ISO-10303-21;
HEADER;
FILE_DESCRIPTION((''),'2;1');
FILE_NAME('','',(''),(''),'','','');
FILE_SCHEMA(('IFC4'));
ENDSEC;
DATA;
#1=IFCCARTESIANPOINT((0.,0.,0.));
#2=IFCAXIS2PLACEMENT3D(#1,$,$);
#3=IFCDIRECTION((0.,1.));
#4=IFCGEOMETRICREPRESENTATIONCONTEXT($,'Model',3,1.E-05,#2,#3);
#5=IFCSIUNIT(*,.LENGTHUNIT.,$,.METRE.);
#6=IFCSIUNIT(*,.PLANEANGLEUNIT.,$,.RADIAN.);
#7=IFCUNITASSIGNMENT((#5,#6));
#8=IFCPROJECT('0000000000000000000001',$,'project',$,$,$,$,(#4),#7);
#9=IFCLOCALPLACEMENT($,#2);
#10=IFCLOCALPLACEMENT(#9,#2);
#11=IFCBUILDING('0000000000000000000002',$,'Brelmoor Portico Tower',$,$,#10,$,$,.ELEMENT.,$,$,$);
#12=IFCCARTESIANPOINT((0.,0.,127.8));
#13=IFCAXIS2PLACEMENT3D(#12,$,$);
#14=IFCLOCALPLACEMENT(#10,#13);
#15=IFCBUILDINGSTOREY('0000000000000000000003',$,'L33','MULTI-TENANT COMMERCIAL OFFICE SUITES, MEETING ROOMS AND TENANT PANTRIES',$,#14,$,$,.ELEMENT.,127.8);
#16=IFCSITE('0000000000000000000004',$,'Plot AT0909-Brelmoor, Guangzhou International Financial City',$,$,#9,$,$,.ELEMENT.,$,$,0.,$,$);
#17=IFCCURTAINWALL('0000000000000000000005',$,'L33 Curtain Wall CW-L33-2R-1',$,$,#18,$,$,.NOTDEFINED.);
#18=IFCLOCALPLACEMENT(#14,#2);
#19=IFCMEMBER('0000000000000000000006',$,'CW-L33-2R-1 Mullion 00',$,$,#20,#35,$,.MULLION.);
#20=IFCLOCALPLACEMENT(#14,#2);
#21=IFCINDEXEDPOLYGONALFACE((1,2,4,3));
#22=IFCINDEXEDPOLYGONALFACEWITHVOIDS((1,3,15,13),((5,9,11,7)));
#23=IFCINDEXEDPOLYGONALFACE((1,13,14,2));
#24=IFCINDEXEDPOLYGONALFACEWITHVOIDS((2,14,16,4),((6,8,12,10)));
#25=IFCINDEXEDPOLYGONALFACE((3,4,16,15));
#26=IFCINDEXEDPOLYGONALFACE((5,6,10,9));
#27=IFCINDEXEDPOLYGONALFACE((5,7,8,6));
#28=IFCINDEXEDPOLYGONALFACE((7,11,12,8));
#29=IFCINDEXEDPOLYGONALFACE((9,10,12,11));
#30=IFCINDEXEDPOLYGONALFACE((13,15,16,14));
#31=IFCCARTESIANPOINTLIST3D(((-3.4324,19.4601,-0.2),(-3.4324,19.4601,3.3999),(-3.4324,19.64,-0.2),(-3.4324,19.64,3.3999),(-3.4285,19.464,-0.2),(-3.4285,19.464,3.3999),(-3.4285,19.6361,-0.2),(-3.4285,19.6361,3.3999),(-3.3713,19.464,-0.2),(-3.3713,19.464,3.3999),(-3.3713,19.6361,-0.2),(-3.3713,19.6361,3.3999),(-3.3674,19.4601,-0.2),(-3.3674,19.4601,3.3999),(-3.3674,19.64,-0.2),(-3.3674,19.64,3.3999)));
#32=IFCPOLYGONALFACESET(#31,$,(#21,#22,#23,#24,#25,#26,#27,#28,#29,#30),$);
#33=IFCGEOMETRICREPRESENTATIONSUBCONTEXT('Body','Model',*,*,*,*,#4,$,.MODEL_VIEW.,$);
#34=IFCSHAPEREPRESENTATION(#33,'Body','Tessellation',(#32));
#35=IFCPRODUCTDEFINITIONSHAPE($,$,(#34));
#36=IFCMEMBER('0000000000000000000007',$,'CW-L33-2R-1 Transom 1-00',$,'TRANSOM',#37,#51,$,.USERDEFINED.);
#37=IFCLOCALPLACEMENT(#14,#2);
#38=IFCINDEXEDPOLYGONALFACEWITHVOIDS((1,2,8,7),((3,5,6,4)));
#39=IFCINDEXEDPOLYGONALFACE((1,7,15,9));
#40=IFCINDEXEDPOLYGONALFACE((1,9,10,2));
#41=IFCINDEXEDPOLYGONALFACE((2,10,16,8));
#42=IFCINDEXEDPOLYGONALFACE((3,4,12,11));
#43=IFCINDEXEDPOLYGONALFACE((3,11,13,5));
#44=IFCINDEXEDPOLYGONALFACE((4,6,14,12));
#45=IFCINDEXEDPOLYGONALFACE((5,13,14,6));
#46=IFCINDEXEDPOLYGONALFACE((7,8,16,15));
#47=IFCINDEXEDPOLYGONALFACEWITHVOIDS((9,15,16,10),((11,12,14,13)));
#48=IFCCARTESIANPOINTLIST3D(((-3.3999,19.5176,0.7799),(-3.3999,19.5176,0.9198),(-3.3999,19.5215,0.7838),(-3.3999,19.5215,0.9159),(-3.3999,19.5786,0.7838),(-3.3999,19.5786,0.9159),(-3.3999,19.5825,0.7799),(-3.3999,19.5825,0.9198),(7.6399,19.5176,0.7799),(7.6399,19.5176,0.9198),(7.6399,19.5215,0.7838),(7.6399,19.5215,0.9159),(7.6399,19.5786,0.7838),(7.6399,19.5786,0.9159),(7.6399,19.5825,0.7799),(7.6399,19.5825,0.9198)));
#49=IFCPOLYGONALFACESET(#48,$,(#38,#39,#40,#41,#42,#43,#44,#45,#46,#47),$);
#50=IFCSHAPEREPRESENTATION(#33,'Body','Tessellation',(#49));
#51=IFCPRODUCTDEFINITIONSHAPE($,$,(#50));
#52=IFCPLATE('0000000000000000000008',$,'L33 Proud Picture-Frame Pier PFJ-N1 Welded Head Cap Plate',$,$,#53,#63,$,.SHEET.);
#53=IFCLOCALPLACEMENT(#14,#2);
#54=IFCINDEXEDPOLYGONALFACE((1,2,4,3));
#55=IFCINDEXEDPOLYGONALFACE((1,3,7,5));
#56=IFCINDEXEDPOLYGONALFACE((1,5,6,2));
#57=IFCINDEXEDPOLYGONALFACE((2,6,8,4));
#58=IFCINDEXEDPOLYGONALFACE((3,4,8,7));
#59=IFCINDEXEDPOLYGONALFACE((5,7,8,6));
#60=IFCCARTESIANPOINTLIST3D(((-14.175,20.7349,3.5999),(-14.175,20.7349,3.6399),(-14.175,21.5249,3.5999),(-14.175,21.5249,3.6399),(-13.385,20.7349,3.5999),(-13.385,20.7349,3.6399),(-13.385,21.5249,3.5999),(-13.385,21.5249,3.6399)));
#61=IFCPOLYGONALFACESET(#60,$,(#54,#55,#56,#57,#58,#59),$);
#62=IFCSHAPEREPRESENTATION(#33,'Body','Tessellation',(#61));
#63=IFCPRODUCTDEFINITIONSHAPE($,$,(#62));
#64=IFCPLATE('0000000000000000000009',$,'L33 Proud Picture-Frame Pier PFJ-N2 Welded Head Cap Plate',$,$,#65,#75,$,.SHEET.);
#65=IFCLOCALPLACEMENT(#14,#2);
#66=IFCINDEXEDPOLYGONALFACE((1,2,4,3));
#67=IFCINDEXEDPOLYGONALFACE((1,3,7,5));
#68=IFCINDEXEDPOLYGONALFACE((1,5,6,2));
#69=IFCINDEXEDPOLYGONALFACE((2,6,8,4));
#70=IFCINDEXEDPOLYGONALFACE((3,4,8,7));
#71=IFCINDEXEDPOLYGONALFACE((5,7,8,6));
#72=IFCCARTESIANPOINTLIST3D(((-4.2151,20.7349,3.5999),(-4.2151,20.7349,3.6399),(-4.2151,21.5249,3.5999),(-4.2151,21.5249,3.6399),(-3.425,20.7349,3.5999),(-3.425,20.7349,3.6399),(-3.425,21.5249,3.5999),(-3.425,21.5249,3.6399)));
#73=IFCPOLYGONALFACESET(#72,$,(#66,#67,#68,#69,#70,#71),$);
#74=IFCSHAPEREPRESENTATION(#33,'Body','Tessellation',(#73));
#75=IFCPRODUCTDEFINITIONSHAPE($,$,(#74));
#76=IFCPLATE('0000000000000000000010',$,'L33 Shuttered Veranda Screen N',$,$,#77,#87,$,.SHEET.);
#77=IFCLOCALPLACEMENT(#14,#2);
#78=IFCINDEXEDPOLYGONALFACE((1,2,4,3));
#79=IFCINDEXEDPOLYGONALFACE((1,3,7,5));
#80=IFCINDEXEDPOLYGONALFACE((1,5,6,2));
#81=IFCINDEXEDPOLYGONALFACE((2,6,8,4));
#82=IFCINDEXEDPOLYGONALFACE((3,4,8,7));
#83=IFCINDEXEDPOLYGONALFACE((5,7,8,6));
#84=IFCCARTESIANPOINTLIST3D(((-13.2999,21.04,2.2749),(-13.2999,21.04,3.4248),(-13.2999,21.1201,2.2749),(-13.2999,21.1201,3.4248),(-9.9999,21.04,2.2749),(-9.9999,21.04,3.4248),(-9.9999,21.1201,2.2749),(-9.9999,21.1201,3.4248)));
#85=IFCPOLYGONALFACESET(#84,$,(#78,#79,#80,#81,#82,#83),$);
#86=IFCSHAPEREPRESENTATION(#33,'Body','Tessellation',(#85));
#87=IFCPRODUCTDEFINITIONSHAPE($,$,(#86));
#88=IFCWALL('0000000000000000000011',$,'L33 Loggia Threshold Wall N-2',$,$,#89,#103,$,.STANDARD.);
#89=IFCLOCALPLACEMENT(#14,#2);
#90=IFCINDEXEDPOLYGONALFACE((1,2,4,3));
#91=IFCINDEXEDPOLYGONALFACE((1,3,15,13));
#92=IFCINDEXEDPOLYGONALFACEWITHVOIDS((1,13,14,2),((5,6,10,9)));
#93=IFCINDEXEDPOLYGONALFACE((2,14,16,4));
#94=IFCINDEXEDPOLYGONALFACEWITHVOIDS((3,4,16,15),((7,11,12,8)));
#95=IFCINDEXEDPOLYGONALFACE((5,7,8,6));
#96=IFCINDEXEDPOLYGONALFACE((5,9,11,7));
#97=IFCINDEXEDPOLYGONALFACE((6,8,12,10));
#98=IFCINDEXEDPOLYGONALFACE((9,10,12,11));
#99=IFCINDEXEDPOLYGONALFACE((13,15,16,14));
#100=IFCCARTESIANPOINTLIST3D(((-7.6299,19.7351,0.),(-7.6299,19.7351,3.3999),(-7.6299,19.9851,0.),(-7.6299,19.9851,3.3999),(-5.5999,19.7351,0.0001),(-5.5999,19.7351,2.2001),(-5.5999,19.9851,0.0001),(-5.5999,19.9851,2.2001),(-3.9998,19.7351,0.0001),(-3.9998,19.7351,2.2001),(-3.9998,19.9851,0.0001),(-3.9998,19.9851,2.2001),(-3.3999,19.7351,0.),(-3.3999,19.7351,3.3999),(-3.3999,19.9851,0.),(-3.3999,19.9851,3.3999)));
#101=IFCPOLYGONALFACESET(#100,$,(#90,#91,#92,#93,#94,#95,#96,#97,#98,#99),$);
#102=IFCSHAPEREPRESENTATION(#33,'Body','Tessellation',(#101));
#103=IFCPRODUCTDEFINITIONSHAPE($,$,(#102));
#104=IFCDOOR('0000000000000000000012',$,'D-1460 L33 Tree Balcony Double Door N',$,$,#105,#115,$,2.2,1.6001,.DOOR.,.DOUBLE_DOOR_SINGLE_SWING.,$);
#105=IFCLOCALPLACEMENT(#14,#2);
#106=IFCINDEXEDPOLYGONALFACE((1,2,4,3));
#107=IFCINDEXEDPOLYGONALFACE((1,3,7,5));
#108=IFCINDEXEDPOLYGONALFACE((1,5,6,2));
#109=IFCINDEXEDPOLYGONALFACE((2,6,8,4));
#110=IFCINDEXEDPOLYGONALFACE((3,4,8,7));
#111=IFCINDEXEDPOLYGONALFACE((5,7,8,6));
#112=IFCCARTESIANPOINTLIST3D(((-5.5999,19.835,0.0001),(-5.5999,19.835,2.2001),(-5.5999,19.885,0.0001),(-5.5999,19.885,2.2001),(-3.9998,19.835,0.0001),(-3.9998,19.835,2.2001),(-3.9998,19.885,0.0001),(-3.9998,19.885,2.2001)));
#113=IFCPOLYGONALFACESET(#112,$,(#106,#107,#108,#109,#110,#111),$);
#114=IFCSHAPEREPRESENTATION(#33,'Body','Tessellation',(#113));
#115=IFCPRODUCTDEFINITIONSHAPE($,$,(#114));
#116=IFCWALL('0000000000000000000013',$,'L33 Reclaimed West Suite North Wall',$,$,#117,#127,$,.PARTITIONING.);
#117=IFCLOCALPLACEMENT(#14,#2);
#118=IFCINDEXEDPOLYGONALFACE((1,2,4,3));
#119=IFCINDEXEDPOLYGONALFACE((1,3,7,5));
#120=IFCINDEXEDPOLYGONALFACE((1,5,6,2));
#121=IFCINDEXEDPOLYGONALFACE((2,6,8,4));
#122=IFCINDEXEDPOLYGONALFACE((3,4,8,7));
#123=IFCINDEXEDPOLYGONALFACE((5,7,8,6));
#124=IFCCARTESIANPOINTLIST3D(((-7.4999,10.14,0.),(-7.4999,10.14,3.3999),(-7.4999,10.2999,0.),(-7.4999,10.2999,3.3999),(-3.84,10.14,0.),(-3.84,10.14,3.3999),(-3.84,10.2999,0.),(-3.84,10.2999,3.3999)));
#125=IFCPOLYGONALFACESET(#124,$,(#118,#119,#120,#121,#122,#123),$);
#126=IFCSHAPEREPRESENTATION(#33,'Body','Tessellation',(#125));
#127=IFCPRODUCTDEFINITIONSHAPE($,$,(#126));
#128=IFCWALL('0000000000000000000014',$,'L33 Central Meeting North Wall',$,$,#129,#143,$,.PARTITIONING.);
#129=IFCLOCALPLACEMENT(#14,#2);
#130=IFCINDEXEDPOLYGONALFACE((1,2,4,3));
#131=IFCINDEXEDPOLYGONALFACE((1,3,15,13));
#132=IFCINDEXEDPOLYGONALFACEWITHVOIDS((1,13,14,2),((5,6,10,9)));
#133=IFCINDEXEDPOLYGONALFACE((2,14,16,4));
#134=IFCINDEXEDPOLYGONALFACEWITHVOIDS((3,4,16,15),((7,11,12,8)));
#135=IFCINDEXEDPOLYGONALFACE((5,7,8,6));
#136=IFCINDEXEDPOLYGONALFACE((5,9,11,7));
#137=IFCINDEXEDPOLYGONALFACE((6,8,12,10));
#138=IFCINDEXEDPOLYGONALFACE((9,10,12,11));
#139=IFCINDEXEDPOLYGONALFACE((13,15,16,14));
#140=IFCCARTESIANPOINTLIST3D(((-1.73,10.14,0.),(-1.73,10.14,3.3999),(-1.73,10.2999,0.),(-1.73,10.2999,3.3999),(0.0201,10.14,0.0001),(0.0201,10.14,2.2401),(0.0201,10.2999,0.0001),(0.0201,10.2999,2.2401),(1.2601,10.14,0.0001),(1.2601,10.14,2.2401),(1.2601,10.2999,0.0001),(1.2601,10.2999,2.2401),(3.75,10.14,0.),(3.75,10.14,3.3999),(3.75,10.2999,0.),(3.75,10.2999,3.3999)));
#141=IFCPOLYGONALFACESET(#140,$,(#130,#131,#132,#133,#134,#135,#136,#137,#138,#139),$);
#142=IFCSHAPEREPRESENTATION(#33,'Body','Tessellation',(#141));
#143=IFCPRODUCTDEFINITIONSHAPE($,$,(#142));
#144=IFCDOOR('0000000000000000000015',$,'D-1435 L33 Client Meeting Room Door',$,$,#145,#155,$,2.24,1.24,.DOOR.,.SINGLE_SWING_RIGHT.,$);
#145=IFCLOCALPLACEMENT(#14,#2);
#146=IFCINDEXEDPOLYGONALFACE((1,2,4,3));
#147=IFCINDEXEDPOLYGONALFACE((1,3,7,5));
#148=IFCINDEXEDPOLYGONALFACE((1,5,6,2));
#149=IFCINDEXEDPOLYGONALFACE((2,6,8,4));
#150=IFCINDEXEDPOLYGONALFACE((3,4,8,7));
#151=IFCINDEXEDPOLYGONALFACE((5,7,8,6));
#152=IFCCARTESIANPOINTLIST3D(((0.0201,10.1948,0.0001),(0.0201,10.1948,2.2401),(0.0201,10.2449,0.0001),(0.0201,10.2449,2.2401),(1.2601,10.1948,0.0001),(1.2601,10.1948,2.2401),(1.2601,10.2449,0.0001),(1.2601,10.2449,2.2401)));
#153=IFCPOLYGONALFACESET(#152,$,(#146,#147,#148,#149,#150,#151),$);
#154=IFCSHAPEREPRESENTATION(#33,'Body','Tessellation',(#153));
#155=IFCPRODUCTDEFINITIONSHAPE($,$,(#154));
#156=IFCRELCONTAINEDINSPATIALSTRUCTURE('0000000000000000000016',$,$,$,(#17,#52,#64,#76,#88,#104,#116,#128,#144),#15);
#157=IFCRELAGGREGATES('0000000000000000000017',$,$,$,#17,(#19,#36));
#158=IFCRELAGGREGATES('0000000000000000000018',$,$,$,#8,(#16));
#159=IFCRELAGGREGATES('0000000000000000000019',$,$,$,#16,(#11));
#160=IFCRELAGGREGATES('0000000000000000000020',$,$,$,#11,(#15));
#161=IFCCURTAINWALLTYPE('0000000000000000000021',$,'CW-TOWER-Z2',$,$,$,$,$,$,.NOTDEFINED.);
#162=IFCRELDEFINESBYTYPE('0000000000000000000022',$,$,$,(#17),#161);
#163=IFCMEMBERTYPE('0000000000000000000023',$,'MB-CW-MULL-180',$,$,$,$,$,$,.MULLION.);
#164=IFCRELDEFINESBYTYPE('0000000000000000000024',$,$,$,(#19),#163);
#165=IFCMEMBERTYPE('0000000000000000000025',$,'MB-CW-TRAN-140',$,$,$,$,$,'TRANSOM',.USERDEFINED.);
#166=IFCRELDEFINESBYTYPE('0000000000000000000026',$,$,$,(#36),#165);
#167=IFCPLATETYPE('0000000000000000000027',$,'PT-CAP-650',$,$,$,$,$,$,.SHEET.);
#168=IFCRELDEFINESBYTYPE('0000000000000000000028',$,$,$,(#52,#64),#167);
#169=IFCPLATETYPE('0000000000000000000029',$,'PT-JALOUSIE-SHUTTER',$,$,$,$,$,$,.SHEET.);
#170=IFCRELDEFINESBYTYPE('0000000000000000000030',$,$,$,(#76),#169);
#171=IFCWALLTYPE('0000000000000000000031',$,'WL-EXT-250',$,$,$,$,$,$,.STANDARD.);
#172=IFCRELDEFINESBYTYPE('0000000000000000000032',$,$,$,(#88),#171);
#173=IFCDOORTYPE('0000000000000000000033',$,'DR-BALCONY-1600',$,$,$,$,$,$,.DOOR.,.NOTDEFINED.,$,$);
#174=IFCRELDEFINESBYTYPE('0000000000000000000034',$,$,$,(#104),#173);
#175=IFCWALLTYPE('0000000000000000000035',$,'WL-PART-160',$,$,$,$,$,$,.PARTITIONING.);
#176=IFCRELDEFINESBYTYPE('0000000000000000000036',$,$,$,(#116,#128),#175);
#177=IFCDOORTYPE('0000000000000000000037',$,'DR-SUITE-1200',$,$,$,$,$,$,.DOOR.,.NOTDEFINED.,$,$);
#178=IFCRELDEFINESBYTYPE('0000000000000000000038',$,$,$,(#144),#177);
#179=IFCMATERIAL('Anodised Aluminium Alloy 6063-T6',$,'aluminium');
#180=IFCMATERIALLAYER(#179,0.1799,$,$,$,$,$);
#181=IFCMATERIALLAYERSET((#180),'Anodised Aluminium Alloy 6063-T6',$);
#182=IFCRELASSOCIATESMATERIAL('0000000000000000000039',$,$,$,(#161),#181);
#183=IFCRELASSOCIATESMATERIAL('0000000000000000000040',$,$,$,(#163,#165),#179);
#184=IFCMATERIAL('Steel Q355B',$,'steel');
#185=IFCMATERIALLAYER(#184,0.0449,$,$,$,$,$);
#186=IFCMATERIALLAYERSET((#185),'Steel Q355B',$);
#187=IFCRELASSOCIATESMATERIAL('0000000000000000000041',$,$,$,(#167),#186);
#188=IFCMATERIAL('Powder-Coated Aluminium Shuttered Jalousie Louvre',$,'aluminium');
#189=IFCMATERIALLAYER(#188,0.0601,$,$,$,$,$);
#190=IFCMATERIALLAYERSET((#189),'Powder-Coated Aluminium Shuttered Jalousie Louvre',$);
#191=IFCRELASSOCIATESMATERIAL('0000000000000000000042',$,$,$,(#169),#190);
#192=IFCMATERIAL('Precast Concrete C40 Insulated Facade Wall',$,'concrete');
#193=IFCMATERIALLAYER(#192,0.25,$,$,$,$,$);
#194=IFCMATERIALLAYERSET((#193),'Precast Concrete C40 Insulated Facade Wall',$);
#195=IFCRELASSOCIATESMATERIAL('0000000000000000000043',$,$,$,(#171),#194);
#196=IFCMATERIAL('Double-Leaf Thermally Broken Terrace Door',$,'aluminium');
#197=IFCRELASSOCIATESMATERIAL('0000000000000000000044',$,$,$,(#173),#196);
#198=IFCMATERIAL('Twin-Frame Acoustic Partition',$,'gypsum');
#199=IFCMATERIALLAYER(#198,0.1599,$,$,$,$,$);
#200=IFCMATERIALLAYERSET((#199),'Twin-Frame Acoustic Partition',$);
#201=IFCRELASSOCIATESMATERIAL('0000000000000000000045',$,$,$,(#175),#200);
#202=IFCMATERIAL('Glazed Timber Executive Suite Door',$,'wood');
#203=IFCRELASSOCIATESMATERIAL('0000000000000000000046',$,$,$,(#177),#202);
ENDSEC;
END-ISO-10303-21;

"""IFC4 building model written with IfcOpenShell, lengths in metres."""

from ifc_helpers import new_model, si_unit, direction, frame, frame_2d, origin, origin_2d, place, context, subcontext, project, spatial, rectangle, hollow_rectangle, extrude, material, layer, layer_set, material_profile, profile_set, type_object, element, fill, aggregate, save


model = new_model("IFC4")

# Units and contexts
model_context = context("Model", 3, precision=1e-05, world=origin(), true_north=direction((0.0, 1.0)))
body_context = subcontext(model_context, "Body", "Model", "MODEL_VIEW")
ifc_project = project(units=[si_unit("LENGTHUNIT", "METRE"), si_unit("PLANEANGLEUNIT", "RADIAN")], contexts=[model_context])

# Site, building, storey
site_placement = place(None, origin())
site = spatial("IfcSite", under=ifc_project, at=site_placement, Name="Plot AT0909-Brelmoor, Guangzhou International Financial City", CompositionType="ELEMENT", RefElevation=0.0)
building_placement = place(site_placement, origin())
building = spatial("IfcBuilding", under=site, at=building_placement, Name="Brelmoor Portico Tower", CompositionType="ELEMENT")
storey_placement = place(building_placement, frame((0.0, 0.0, 127.8)))
storey = spatial("IfcBuildingStorey", under=building, at=storey_placement, Name="L33", Description="MULTI-TENANT COMMERCIAL OFFICE SUITES, MEETING ROOMS AND TENANT PANTRIES", CompositionType="ELEMENT", Elevation=127.8)

# Shared definitions
ifc_material_1 = material(Name="Steel Q355B", Category="steel")

# Curtain wall, members
ifc_material_2 = material(Name="Anodised Aluminium Alloy 6063-T6", Category="aluminium")
ifc_layer_1 = layer(ifc_material_2, 0.1799)
ifc_layer_set_1 = layer_set([ifc_layer_1], Name="Anodised Aluminium Alloy 6063-T6")
curtain_wall_type = type_object("IfcCurtainWallType", Name="CW-TOWER-Z2", PredefinedType="NOTDEFINED", material=ifc_layer_set_1)
curtain_wall_placement = place(storey_placement, origin())
curtain_wall = element("IfcCurtainWall", 1, at=curtain_wall_placement, inside=storey, type_object=curtain_wall_type, Name="L33 Curtain Wall CW-L33-2R-1", PredefinedType="NOTDEFINED")
ifc_material_profile_1 = material_profile(ifc_material_2, hollow_rectangle(XDim=0.0649, YDim=0.1799, WallThickness=0.0039, at=origin_2d()), Name="ALU MULLION 65x180")
ifc_profile_set_1 = profile_set([ifc_material_profile_1], Name="Anodised Aluminium Alloy 6063-T6")
member_type_1 = type_object("IfcMemberType", Name="MB-CW-MULL-180", PredefinedType="MULLION", material=ifc_profile_set_1)
member_1_placement = place(storey_placement, frame((-3.3999, 19.55, -0.2), z_axis=(0.0, 0.0, 1.0), x_axis=(1.0, 0.0, 0.0)))
member_1 = element("IfcMember", 2, at=member_1_placement, type_object=member_type_1, Name="CW-L33-2R-1 Mullion 00", PredefinedType="MULLION", context=body_context, shape_type="SweptSolid", body=[
    extrude(hollow_rectangle(XDim=0.0649, YDim=0.1799, WallThickness=0.0039, at=origin_2d()), origin(), (0.0, 0.0, 1.0), 3.5999),
])
ifc_material_profile_2 = material_profile(ifc_material_2, hollow_rectangle(XDim=0.0649, YDim=0.1399, WallThickness=0.0039, at=origin_2d()), Name="ALU TRANSOM 65x140")
ifc_profile_set_2 = profile_set([ifc_material_profile_2], Name="Anodised Aluminium Alloy 6063-T6")
member_type_2 = type_object("IfcMemberType", Name="MB-CW-TRAN-140", ElementType="TRANSOM", PredefinedType="USERDEFINED", material=ifc_profile_set_2)
member_2_placement = place(storey_placement, frame((-3.3999, 19.55, 0.8499), z_axis=(1.0, 0.0, 0.0), x_axis=(0.0, 1.0, 0.0)))
member_2 = element("IfcMember", 3, at=member_2_placement, type_object=member_type_2, Name="CW-L33-2R-1 Transom 1-00", ObjectType="TRANSOM", PredefinedType="USERDEFINED", context=body_context, shape_type="SweptSolid", body=[
    extrude(hollow_rectangle(XDim=0.0649, YDim=0.1399, WallThickness=0.0039, at=origin_2d()), origin(), (0.0, 0.0, 1.0), 11.0398),
])
aggregate(curtain_wall, [member_1, member_2])

# Plates
ifc_layer_2 = layer(ifc_material_1, 0.0449)
ifc_layer_set_2 = layer_set([ifc_layer_2], Name="Steel Q355B")
plate_type_1 = type_object("IfcPlateType", Name="PT-CAP-650", PredefinedType="SHEET", material=ifc_layer_set_2)
for number, where, z_axis, x_axis, name in (
    (4, (-13.78, 21.1299, 3.5999), (0.0, 0.0, 1.0), (1.0, 0.0, 0.0), "L33 Proud Picture-Frame Pier PFJ-N1 Welded Head Cap Plate"),
    (5, (-3.8201, 21.1299, 3.5999), (0.0, 0.0, 1.0), (1.0, 0.0, 0.0), "L33 Proud Picture-Frame Pier PFJ-N2 Welded Head Cap Plate"),
):
    element("IfcPlate", number, at=place(storey_placement, frame(where, z_axis=z_axis, x_axis=x_axis)), inside=storey, type_object=plate_type_1, Name=name, PredefinedType="SHEET", context=body_context, shape_type="SweptSolid", body=[
        extrude(rectangle(XDim=0.79, YDim=0.79, at=origin_2d()), origin(), (0.0, 0.0, 1.0), 0.04),
    ])
ifc_material_3 = material(Name="Powder-Coated Aluminium Shuttered Jalousie Louvre", Category="aluminium")
ifc_layer_3 = layer(ifc_material_3, 0.0601)
ifc_layer_set_3 = layer_set([ifc_layer_3], Name="Powder-Coated Aluminium Shuttered Jalousie Louvre")
plate_type_2 = type_object("IfcPlateType", Name="PT-JALOUSIE-SHUTTER", PredefinedType="SHEET", material=ifc_layer_set_3)
plate_placement = place(storey_placement, frame((-11.6499, 21.0801, 2.2749), z_axis=(0.0, 0.0, 1.0), x_axis=(1.0, 0.0, 0.0)))
element("IfcPlate", 6, at=plate_placement, inside=storey, type_object=plate_type_2, Name="L33 Shuttered Veranda Screen N", PredefinedType="SHEET", context=body_context, shape_type="SweptSolid", body=[
    extrude(rectangle(XDim=3.3, YDim=0.0801, at=origin_2d()), origin(), (0.0, 0.0, 1.0), 1.1499),
])

# Wall, opening, door
ifc_material_4 = material(Name="Precast Concrete C40 Insulated Facade Wall", Category="concrete")
ifc_layer_4 = layer(ifc_material_4, 0.25)
ifc_layer_set_4 = layer_set([ifc_layer_4], Name="Precast Concrete C40 Insulated Facade Wall")
wall_type_1 = type_object("IfcWallType", Name="WL-EXT-250", PredefinedType="STANDARD", material=ifc_layer_set_4)
wall_1_placement = place(storey_placement, frame((-7.6299, 19.8601, 0.0), z_axis=(0.0, 0.0, 1.0), x_axis=(1.0, 0.0, 0.0)))
wall_1 = element("IfcWall", 7, at=wall_1_placement, inside=storey, type_object=wall_type_1, Name="L33 Loggia Threshold Wall N-2", PredefinedType="STANDARD", context=body_context, shape_type="SweptSolid", body=[
    extrude(rectangle(XDim=4.23, YDim=0.25, at=frame_2d((2.115, 0.0))), origin(), (0.0, 0.0, 1.0), 3.3999),
])
opening_1_placement = place(wall_1_placement, frame((2.03, 0.0, 0.0)))
opening_1 = element("IfcOpeningElement", 8, at=opening_1_placement, cuts=wall_1, PredefinedType="OPENING", context=body_context, shape_type="SweptSolid", body=[
    extrude(rectangle(XDim=1.6001, YDim=2.2, at=frame_2d((0.8, 1.1001))), frame((0.0, 0.135, 0.0), z_axis=(0.0, -1.0, 0.0), x_axis=(1.0, 0.0, 0.0)), (0.0, 0.0, 1.0), 0.27),
])
ifc_material_5 = material(Name="Double-Leaf Thermally Broken Terrace Door", Category="aluminium")
door_type_1 = type_object("IfcDoorType", Name="DR-BALCONY-1600", OperationType="NOTDEFINED", PredefinedType="DOOR", material=ifc_material_5)
door_1_placement = place(opening_1_placement, origin())
door_1 = element("IfcDoor", 9, at=door_1_placement, inside=storey, type_object=door_type_1, Name="D-1460 L33 Tree Balcony Double Door N", OperationType="DOUBLE_DOOR_SINGLE_SWING", OverallHeight=2.2, OverallWidth=1.6001, PredefinedType="DOOR", context=body_context, shape_type="SweptSolid", body=[
    extrude(rectangle(XDim=1.6001, YDim=2.2, at=frame_2d((0.8, 1.1001))), frame((0.0, 0.0249, 0.0), z_axis=(0.0, -1.0, 0.0), x_axis=(1.0, 0.0, 0.0)), (0.0, 0.0, 1.0), 0.05),
])
fill(opening_1, door_1)

# Wall
ifc_material_6 = material(Name="Twin-Frame Acoustic Partition", Category="gypsum")
ifc_layer_5 = layer(ifc_material_6, 0.1599)
ifc_layer_set_5 = layer_set([ifc_layer_5], Name="Twin-Frame Acoustic Partition")
wall_type_2 = type_object("IfcWallType", Name="WL-PART-160", PredefinedType="PARTITIONING", material=ifc_layer_set_5)
wall_2_placement = place(storey_placement, frame((-7.5, 10.22, 0.0), z_axis=(0.0, 0.0, 1.0), x_axis=(1.0, 0.0, 0.0)))
element("IfcWall", 10, at=wall_2_placement, inside=storey, type_object=wall_type_2, Name="L33 Reclaimed West Suite North Wall", PredefinedType="PARTITIONING", context=body_context, shape_type="SweptSolid", body=[
    extrude(rectangle(XDim=3.6599, YDim=0.1599, at=frame_2d((1.8301, 0.0))), origin(), (0.0, 0.0, 1.0), 3.3999),
])

# Wall, opening, door
wall_3_placement = place(storey_placement, frame((-1.73, 10.22, 0.0), z_axis=(0.0, 0.0, 1.0), x_axis=(1.0, 0.0, 0.0)))
wall_3 = element("IfcWall", 11, at=wall_3_placement, inside=storey, type_object=wall_type_2, Name="L33 Central Meeting North Wall", PredefinedType="PARTITIONING", context=body_context, shape_type="SweptSolid", body=[
    extrude(rectangle(XDim=5.48, YDim=0.1599, at=frame_2d((2.74, 0.0))), origin(), (0.0, 0.0, 1.0), 3.3999),
])
opening_2_placement = place(wall_3_placement, frame((1.75, 0.0, 0.0)))
opening_2 = element("IfcOpeningElement", 12, at=opening_2_placement, cuts=wall_3, PredefinedType="OPENING", context=body_context, shape_type="SweptSolid", body=[
    extrude(rectangle(XDim=1.24, YDim=2.24, at=frame_2d((0.6201, 1.1201))), frame((0.0, 0.0898, 0.0), z_axis=(0.0, -1.0, 0.0), x_axis=(1.0, 0.0, 0.0)), (0.0, 0.0, 1.0), 0.1799),
])
ifc_material_7 = material(Name="Glazed Timber Executive Suite Door", Category="wood")
door_type_2 = type_object("IfcDoorType", Name="DR-SUITE-1200", OperationType="NOTDEFINED", PredefinedType="DOOR", material=ifc_material_7)
door_2_placement = place(opening_2_placement, origin())
door_2 = element("IfcDoor", 13, at=door_2_placement, inside=storey, type_object=door_type_2, Name="D-1435 L33 Client Meeting Room Door", OperationType="SINGLE_SWING_RIGHT", OverallHeight=2.24, OverallWidth=1.24, PredefinedType="DOOR", context=body_context, shape_type="SweptSolid", body=[
    extrude(rectangle(XDim=1.24, YDim=2.24, at=frame_2d((0.6201, 1.1201))), frame((0.0, 0.0249, 0.0), z_axis=(0.0, -1.0, 0.0), x_axis=(1.0, 0.0, 0.0)), (0.0, 0.0, 1.0), 0.05),
])
fill(opening_2, door_2)

save(model, "model.ifc")
